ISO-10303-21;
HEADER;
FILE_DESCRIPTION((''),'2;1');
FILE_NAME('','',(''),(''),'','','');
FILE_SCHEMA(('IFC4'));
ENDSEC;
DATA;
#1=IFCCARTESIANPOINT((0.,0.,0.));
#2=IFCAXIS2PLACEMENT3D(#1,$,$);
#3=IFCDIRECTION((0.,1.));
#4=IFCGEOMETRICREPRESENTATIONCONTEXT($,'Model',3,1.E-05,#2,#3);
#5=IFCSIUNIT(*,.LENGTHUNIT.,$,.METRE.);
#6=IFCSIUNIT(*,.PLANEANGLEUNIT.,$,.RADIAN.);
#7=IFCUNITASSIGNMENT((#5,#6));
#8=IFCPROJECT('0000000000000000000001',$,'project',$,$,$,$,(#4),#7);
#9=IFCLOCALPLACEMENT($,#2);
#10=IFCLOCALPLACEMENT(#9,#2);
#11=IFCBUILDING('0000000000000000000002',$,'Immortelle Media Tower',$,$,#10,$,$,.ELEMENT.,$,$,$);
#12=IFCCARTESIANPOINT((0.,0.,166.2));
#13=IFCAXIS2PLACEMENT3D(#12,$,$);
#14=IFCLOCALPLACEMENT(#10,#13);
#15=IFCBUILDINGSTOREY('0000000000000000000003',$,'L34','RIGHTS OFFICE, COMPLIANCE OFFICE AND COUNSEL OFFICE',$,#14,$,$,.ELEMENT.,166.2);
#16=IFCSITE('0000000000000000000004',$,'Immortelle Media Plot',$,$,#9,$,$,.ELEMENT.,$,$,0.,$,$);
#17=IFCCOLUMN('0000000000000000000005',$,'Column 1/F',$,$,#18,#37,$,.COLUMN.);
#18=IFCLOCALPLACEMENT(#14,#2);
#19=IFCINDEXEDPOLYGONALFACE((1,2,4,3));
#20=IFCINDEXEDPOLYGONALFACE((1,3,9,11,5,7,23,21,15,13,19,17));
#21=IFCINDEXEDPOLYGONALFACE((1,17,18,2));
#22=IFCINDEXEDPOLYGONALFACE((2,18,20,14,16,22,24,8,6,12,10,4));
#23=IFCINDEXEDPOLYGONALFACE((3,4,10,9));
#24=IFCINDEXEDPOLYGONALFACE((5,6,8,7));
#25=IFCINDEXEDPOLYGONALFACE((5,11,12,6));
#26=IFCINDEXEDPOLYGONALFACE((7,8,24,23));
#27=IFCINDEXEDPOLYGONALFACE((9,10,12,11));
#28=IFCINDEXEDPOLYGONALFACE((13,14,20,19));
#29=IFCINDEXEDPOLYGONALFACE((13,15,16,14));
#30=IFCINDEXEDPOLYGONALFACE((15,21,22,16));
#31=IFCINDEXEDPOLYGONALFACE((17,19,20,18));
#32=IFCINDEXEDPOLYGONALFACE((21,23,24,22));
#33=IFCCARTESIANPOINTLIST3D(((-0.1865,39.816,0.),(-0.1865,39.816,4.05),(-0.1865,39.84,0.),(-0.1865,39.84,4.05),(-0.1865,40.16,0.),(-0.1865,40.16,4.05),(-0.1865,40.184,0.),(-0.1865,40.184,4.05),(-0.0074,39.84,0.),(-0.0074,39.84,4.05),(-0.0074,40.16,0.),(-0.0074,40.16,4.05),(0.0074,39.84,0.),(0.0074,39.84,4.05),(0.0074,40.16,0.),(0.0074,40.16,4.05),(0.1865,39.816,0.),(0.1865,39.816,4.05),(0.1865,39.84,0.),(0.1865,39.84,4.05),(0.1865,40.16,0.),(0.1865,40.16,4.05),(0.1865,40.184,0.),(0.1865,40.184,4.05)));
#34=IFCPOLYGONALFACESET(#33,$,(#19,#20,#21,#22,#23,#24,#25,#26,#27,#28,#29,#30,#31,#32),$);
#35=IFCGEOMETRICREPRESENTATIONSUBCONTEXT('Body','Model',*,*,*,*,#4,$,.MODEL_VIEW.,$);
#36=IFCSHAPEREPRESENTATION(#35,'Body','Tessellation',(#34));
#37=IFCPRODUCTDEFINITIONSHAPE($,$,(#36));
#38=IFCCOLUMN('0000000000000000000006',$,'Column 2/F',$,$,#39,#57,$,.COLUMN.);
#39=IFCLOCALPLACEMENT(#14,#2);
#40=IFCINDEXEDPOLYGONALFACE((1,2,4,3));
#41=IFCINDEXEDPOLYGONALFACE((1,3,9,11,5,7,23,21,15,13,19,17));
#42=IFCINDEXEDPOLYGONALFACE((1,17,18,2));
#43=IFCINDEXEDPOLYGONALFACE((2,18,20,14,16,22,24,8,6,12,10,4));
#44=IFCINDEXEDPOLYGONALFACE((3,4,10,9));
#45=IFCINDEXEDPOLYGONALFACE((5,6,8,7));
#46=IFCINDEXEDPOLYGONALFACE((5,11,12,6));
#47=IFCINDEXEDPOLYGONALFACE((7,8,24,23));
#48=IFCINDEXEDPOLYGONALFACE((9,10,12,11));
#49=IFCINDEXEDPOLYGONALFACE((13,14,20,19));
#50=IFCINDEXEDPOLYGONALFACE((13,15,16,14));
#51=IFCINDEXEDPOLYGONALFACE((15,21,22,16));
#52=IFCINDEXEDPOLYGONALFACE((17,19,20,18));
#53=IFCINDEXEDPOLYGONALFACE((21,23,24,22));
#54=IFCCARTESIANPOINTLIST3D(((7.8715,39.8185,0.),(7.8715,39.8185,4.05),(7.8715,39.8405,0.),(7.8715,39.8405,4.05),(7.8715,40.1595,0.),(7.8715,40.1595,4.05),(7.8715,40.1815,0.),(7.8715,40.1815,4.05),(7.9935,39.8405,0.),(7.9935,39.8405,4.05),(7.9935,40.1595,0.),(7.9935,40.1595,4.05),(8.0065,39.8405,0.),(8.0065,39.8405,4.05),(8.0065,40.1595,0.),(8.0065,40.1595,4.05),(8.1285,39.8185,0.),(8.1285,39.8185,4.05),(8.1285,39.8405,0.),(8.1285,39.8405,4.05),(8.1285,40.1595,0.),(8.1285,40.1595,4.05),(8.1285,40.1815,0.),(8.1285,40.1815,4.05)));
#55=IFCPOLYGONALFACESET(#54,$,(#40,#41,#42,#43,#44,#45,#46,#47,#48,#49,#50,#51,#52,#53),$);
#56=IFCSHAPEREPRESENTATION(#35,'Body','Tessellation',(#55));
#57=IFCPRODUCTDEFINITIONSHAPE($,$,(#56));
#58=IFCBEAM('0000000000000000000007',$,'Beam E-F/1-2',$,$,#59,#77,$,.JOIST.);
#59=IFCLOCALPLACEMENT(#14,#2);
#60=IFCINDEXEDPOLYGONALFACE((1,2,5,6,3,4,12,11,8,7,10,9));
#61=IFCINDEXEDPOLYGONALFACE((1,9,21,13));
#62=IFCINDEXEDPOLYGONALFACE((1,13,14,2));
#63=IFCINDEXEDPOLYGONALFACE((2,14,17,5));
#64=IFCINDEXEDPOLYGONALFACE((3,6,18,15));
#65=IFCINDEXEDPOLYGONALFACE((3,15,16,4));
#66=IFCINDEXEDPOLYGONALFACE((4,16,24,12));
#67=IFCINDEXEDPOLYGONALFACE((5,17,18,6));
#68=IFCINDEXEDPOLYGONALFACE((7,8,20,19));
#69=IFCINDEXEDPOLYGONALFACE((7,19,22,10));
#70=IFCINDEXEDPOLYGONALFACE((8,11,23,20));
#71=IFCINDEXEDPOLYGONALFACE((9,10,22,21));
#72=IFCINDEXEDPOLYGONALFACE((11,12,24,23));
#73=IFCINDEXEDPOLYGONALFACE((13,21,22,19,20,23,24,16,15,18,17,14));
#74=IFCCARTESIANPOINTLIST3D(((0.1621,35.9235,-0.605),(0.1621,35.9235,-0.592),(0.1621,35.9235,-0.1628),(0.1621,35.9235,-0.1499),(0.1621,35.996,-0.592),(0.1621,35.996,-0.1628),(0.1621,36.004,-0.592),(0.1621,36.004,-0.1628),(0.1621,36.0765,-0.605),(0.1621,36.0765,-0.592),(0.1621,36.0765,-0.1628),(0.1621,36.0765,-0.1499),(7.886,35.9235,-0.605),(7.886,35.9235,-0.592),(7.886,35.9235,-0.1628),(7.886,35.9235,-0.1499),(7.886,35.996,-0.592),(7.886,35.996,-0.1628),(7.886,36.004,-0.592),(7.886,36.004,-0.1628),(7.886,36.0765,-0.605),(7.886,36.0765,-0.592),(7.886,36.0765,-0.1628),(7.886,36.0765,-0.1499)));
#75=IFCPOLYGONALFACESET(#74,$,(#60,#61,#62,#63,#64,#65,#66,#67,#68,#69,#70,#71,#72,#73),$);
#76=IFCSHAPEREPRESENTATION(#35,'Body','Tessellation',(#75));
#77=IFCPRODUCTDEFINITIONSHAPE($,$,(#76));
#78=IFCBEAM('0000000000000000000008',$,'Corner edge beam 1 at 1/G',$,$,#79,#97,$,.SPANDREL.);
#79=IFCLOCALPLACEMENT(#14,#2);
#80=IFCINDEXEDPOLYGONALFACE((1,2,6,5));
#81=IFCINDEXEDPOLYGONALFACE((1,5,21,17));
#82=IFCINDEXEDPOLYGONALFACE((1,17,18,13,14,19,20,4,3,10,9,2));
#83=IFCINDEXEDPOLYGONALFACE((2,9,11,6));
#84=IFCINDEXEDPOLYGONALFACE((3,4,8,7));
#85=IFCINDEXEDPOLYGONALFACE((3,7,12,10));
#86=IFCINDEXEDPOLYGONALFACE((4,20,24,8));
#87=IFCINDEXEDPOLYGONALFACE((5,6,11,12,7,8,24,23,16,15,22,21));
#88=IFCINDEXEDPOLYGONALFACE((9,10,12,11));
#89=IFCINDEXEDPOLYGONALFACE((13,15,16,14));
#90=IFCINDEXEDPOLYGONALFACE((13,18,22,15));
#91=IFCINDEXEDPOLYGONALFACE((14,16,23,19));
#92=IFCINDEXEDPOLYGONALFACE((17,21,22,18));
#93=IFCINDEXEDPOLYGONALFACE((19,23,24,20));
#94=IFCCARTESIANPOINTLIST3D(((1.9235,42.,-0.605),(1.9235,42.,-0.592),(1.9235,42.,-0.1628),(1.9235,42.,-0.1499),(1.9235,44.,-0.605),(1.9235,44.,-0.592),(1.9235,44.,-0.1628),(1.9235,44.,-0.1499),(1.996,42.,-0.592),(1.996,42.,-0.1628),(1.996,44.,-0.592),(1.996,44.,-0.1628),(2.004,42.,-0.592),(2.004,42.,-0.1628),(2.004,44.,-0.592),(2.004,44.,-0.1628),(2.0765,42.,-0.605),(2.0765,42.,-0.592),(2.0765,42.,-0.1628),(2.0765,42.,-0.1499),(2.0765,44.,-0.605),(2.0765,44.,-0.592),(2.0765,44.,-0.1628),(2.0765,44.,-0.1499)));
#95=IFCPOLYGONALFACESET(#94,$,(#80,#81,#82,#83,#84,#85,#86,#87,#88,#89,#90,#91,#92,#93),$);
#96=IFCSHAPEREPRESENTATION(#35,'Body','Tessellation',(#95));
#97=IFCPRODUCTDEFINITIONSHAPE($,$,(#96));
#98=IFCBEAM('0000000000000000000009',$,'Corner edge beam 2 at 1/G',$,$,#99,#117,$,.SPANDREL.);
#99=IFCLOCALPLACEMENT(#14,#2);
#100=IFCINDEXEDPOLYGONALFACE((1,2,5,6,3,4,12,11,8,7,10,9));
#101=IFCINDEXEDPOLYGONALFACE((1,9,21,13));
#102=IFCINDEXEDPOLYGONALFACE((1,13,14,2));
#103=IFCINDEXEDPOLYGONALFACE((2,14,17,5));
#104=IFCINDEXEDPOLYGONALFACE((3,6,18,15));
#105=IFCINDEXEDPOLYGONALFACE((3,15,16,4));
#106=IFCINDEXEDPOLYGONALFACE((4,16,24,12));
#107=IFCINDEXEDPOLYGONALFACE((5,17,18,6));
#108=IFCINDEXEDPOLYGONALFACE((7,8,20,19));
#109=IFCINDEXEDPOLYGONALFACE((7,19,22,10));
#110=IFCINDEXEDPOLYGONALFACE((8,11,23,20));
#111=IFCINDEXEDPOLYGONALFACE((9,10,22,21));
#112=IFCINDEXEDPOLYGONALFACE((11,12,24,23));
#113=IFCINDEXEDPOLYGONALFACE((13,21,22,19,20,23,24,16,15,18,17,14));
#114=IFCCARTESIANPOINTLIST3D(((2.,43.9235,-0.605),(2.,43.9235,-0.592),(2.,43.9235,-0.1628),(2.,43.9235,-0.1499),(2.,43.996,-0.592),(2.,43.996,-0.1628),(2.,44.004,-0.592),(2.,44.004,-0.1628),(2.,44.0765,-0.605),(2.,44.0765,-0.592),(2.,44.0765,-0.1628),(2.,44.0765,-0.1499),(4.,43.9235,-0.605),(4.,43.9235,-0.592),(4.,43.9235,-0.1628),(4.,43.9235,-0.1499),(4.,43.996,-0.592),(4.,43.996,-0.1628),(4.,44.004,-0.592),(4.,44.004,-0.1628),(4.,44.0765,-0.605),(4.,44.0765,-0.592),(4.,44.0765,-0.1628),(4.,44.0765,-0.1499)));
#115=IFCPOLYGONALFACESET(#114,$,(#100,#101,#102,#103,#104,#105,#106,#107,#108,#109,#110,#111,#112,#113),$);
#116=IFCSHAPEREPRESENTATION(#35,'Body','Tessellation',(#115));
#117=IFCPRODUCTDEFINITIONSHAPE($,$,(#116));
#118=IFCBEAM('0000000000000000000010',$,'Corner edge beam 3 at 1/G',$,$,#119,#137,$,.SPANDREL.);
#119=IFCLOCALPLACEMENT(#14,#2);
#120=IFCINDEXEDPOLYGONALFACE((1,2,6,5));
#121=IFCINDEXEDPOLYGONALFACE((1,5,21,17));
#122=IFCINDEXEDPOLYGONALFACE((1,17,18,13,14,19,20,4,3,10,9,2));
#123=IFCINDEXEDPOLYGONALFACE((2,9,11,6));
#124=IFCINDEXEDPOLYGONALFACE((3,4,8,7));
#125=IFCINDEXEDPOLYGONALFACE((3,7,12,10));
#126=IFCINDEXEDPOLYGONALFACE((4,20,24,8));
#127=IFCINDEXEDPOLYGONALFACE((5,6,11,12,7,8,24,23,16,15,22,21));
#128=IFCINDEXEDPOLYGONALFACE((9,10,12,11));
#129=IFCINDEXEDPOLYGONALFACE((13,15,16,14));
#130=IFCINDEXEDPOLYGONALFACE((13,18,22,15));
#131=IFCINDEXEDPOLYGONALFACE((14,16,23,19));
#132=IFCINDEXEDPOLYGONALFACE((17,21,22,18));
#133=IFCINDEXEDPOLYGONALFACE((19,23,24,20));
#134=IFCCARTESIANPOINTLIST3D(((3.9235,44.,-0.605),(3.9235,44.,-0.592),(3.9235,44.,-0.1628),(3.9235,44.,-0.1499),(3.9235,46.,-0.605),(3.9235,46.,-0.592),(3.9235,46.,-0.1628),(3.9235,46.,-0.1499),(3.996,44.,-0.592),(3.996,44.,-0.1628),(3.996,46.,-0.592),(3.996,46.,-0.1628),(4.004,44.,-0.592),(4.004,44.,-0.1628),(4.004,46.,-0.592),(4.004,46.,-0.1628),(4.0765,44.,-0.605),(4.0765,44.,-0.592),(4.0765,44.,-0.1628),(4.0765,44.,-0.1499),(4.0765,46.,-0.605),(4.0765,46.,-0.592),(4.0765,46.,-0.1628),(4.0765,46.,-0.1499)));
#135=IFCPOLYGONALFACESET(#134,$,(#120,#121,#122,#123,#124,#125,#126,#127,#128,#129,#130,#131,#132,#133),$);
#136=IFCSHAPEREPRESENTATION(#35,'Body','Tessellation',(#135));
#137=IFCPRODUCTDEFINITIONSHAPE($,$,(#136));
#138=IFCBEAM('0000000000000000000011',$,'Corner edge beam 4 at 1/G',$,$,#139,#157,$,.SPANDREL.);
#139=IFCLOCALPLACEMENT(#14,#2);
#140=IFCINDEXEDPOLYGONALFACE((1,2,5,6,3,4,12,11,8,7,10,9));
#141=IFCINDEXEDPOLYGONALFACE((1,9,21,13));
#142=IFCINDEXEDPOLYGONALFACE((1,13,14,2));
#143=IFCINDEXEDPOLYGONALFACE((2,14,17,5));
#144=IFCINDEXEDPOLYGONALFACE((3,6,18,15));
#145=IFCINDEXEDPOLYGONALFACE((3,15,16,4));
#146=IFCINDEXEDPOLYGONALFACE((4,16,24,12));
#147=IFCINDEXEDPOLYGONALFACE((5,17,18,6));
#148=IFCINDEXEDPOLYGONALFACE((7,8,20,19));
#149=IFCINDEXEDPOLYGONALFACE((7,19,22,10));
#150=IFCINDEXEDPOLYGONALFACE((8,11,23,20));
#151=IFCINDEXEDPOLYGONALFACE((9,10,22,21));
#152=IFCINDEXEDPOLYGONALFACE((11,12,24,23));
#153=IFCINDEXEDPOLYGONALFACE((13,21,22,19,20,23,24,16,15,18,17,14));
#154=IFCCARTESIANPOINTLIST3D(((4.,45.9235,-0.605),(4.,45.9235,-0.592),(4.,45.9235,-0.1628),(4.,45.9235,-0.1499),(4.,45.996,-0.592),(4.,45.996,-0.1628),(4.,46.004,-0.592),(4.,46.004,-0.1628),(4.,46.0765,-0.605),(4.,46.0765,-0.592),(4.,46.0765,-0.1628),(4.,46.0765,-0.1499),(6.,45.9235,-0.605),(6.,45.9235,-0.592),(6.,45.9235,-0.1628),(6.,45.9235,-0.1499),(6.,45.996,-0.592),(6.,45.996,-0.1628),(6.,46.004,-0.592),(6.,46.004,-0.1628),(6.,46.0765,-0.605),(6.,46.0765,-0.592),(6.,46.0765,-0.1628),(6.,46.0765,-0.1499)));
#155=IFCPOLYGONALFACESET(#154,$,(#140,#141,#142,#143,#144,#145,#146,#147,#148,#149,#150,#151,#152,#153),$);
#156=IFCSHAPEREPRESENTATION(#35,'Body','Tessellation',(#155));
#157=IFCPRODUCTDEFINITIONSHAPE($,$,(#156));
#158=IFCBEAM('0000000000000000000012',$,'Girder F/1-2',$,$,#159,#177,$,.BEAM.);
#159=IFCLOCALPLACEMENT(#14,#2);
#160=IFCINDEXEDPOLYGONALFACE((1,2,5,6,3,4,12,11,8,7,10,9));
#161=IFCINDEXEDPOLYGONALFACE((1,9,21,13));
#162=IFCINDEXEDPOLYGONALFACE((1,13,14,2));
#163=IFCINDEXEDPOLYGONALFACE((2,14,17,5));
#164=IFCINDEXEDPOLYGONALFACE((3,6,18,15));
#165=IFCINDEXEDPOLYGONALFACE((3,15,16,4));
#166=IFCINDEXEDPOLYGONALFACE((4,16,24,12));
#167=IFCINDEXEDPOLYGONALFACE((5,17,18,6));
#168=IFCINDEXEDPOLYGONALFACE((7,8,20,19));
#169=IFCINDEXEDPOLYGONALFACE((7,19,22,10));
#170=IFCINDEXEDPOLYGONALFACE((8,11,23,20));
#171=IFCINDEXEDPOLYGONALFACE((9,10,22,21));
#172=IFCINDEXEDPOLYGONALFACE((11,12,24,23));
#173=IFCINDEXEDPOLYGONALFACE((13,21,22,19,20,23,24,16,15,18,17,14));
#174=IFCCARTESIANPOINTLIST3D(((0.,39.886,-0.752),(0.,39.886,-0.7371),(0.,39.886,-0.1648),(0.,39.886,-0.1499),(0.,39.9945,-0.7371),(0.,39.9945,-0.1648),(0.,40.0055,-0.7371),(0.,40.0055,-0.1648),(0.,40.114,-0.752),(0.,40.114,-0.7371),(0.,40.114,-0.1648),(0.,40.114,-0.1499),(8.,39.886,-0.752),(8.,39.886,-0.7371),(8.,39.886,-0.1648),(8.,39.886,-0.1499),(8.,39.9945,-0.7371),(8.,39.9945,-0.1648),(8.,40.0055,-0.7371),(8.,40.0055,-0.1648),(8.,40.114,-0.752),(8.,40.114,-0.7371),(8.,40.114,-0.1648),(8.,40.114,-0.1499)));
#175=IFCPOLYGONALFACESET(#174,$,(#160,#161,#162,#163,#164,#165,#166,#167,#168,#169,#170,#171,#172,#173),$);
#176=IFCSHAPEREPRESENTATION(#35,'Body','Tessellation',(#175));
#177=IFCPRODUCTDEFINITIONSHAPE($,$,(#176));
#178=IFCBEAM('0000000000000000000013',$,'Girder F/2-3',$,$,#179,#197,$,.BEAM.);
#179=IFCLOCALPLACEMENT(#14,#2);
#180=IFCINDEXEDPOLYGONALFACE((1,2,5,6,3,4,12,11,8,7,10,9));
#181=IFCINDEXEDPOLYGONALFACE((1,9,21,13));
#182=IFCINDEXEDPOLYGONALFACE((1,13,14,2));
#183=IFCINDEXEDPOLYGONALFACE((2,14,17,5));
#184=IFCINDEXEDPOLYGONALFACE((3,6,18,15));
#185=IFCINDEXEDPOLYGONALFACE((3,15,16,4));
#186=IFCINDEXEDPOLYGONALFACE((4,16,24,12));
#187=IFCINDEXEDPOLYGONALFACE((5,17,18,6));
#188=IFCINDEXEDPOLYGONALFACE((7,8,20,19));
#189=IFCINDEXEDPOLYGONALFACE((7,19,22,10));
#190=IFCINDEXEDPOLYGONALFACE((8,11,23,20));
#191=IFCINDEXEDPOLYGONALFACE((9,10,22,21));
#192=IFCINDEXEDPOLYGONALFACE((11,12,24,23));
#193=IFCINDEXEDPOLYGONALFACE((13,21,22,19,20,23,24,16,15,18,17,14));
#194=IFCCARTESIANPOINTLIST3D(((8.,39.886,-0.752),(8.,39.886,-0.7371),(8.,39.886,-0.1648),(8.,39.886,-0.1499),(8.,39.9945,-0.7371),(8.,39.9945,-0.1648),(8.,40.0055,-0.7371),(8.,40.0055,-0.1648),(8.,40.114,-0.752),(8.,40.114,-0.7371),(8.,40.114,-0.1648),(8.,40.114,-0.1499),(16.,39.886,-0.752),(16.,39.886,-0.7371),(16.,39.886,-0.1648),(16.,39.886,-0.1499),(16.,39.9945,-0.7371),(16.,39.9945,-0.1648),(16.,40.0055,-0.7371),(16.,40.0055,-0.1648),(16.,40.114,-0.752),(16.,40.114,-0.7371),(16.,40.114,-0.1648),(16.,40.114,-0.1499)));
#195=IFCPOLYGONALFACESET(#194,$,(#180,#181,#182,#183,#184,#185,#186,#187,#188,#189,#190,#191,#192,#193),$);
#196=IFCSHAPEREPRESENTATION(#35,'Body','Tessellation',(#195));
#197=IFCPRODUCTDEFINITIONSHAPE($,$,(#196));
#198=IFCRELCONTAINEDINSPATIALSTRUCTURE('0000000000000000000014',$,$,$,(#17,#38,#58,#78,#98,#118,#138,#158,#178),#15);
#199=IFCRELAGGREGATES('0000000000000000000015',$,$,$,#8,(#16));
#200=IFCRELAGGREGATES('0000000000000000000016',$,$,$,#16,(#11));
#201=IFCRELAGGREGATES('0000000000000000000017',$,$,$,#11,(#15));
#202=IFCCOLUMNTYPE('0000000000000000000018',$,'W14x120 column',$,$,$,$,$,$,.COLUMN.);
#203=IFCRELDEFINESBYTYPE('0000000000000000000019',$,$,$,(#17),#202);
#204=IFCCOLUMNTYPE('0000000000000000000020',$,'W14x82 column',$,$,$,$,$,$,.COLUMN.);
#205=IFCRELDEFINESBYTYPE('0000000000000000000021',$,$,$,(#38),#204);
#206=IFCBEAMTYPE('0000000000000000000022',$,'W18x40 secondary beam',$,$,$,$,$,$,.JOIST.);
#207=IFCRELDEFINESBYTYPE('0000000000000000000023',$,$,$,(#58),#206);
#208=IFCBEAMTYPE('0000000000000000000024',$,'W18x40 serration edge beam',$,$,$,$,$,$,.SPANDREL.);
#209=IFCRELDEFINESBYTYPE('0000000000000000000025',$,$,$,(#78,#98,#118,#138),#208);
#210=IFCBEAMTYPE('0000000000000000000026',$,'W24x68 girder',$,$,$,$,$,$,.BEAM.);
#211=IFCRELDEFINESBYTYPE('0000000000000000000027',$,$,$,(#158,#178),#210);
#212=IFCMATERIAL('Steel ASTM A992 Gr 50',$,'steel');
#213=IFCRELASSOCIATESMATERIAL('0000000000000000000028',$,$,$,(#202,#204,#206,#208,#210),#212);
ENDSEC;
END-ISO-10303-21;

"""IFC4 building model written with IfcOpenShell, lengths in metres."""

from ifc_helpers import new_model, si_unit, direction, frame, origin, origin_2d, place, context, subcontext, project, spatial, i_section, extrude, material, material_profile, profile_set, type_object, element, save


model = new_model("IFC4")

# Units and contexts
model_context = context("Model", 3, precision=1e-05, world=origin(), true_north=direction((0.0, 1.0)))
body_context = subcontext(model_context, "Body", "Model", "MODEL_VIEW")
ifc_project = project(units=[si_unit("LENGTHUNIT", "METRE"), si_unit("PLANEANGLEUNIT", "RADIAN")], contexts=[model_context])

# Site, building, storey
site_placement = place(None, origin())
site = spatial("IfcSite", under=ifc_project, at=site_placement, Name="Immortelle Media Plot", CompositionType="ELEMENT", RefElevation=0.0)
building_placement = place(site_placement, origin())
building = spatial("IfcBuilding", under=site, at=building_placement, Name="Immortelle Media Tower", CompositionType="ELEMENT")
storey_placement = place(building_placement, frame((0.0, 0.0, 166.2)))
storey = spatial("IfcBuildingStorey", under=building, at=storey_placement, Name="L34", Description="RIGHTS OFFICE, COMPLIANCE OFFICE AND COUNSEL OFFICE", CompositionType="ELEMENT", Elevation=166.2)

# Columns
ifc_material_1 = material(Name="Steel ASTM A992 Gr 50", Category="steel")
ifc_material_profile_1 = material_profile(ifc_material_1, i_section(OverallWidth=0.373, OverallDepth=0.3679, WebThickness=0.0149, FlangeThickness=0.0239, at=origin_2d()), Name="W14x120")
ifc_profile_set_1 = profile_set([ifc_material_profile_1], Name="Steel ASTM A992 Gr 50")
column_type_1 = type_object("IfcColumnType", Name="W14x120 column", PredefinedType="COLUMN", material=ifc_profile_set_1)
column_1_placement = place(storey_placement, frame((0.0, 40.0, 0.0), z_axis=(0.0, 0.0, 1.0), x_axis=(1.0, 0.0, 0.0)))
element("IfcColumn", 1, at=column_1_placement, inside=storey, type_object=column_type_1, Name="Column 1/F", PredefinedType="COLUMN", context=body_context, shape_type="SweptSolid", body=[
    extrude(i_section(OverallWidth=0.373, OverallDepth=0.3679, WebThickness=0.0149, FlangeThickness=0.0239, at=origin_2d()), origin(), (0.0, 0.0, 1.0), 4.05),
])
ifc_material_profile_2 = material_profile(ifc_material_1, i_section(OverallWidth=0.2571, OverallDepth=0.363, WebThickness=0.0129, FlangeThickness=0.022, at=origin_2d()), Name="W14x82")
ifc_profile_set_2 = profile_set([ifc_material_profile_2], Name="Steel ASTM A992 Gr 50")
column_type_2 = type_object("IfcColumnType", Name="W14x82 column", PredefinedType="COLUMN", material=ifc_profile_set_2)
column_2_placement = place(storey_placement, frame((8.0, 40.0, 0.0), z_axis=(0.0, 0.0, 1.0), x_axis=(1.0, 0.0, 0.0)))
element("IfcColumn", 2, at=column_2_placement, inside=storey, type_object=column_type_2, Name="Column 2/F", PredefinedType="COLUMN", context=body_context, shape_type="SweptSolid", body=[
    extrude(i_section(OverallWidth=0.2571, OverallDepth=0.363, WebThickness=0.0129, FlangeThickness=0.022, at=origin_2d()), origin(), (0.0, 0.0, 1.0), 4.05),
])

# Beams
ifc_material_profile_3 = material_profile(ifc_material_1, i_section(OverallWidth=0.1531, OverallDepth=0.4551, WebThickness=0.0081, FlangeThickness=0.0129, at=origin_2d()), Name="W18x40")
ifc_profile_set_3 = profile_set([ifc_material_profile_3], Name="Steel ASTM A992 Gr 50")
beam_type_1 = type_object("IfcBeamType", Name="W18x40 secondary beam", PredefinedType="JOIST", material=ifc_profile_set_3)
beam_1_placement = place(storey_placement, frame((0.1621, 36.0, -0.3774), z_axis=(1.0, 0.0, 0.0), x_axis=(0.0, 1.0, 0.0)))
element("IfcBeam", 3, at=beam_1_placement, inside=storey, type_object=beam_type_1, Name="Beam E-F/1-2", PredefinedType="JOIST", context=body_context, shape_type="SweptSolid", body=[
    extrude(i_section(OverallWidth=0.1531, OverallDepth=0.4551, WebThickness=0.0081, FlangeThickness=0.0129, at=origin_2d()), origin(), (0.0, 0.0, 1.0), 7.7239),
])
ifc_material_profile_4 = material_profile(ifc_material_1, i_section(OverallWidth=0.1531, OverallDepth=0.4551, WebThickness=0.0081, FlangeThickness=0.0129, at=origin_2d()), Name="W18x40")
ifc_profile_set_4 = profile_set([ifc_material_profile_4], Name="Steel ASTM A992 Gr 50")
beam_type_2 = type_object("IfcBeamType", Name="W18x40 serration edge beam", PredefinedType="SPANDREL", material=ifc_profile_set_4)
for number, where, z_axis, x_axis, name in (
    (4, (2.0, 42.0, -0.3774), (0.0, 1.0, 0.0), (-1.0, 0.0, 0.0), "Corner edge beam 1 at 1/G"),
    (5, (2.0, 44.0, -0.3774), (1.0, 0.0, 0.0), (0.0, 1.0, 0.0), "Corner edge beam 2 at 1/G"),
    (6, (4.0, 44.0, -0.3774), (0.0, 1.0, 0.0), (-1.0, 0.0, 0.0), "Corner edge beam 3 at 1/G"),
    (7, (4.0, 46.0, -0.3774), (1.0, 0.0, 0.0), (0.0, 1.0, 0.0), "Corner edge beam 4 at 1/G"),
):
    element("IfcBeam", number, at=place(storey_placement, frame(where, z_axis=z_axis, x_axis=x_axis)), inside=storey, type_object=beam_type_2, Name=name, PredefinedType="SPANDREL", context=body_context, shape_type="SweptSolid", body=[
        extrude(i_section(OverallWidth=0.1531, OverallDepth=0.4551, WebThickness=0.0081, FlangeThickness=0.0129, at=origin_2d()), origin(), (0.0, 0.0, 1.0), 2.0),
    ])
ifc_material_profile_5 = material_profile(ifc_material_1, i_section(OverallWidth=0.228, OverallDepth=0.6021, WebThickness=0.011, FlangeThickness=0.0149, at=origin_2d()), Name="W24x68")
ifc_profile_set_5 = profile_set([ifc_material_profile_5], Name="Steel ASTM A992 Gr 50")
beam_type_3 = type_object("IfcBeamType", Name="W24x68 girder", PredefinedType="BEAM", material=ifc_profile_set_5)
for number, where, z_axis, x_axis, name in (
    (8, (0.0, 40.0, -0.4509), (1.0, 0.0, 0.0), (0.0, 1.0, 0.0), "Girder F/1-2"),
    (9, (8.0, 40.0, -0.4509), (1.0, 0.0, 0.0), (0.0, 1.0, 0.0), "Girder F/2-3"),
):
    element("IfcBeam", number, at=place(storey_placement, frame(where, z_axis=z_axis, x_axis=x_axis)), inside=storey, type_object=beam_type_3, Name=name, PredefinedType="BEAM", context=body_context, shape_type="SweptSolid", body=[
        extrude(i_section(OverallWidth=0.228, OverallDepth=0.6021, WebThickness=0.011, FlangeThickness=0.0149, at=origin_2d()), origin(), (0.0, 0.0, 1.0), 8.0),
    ])

save(model, "model.ifc")
